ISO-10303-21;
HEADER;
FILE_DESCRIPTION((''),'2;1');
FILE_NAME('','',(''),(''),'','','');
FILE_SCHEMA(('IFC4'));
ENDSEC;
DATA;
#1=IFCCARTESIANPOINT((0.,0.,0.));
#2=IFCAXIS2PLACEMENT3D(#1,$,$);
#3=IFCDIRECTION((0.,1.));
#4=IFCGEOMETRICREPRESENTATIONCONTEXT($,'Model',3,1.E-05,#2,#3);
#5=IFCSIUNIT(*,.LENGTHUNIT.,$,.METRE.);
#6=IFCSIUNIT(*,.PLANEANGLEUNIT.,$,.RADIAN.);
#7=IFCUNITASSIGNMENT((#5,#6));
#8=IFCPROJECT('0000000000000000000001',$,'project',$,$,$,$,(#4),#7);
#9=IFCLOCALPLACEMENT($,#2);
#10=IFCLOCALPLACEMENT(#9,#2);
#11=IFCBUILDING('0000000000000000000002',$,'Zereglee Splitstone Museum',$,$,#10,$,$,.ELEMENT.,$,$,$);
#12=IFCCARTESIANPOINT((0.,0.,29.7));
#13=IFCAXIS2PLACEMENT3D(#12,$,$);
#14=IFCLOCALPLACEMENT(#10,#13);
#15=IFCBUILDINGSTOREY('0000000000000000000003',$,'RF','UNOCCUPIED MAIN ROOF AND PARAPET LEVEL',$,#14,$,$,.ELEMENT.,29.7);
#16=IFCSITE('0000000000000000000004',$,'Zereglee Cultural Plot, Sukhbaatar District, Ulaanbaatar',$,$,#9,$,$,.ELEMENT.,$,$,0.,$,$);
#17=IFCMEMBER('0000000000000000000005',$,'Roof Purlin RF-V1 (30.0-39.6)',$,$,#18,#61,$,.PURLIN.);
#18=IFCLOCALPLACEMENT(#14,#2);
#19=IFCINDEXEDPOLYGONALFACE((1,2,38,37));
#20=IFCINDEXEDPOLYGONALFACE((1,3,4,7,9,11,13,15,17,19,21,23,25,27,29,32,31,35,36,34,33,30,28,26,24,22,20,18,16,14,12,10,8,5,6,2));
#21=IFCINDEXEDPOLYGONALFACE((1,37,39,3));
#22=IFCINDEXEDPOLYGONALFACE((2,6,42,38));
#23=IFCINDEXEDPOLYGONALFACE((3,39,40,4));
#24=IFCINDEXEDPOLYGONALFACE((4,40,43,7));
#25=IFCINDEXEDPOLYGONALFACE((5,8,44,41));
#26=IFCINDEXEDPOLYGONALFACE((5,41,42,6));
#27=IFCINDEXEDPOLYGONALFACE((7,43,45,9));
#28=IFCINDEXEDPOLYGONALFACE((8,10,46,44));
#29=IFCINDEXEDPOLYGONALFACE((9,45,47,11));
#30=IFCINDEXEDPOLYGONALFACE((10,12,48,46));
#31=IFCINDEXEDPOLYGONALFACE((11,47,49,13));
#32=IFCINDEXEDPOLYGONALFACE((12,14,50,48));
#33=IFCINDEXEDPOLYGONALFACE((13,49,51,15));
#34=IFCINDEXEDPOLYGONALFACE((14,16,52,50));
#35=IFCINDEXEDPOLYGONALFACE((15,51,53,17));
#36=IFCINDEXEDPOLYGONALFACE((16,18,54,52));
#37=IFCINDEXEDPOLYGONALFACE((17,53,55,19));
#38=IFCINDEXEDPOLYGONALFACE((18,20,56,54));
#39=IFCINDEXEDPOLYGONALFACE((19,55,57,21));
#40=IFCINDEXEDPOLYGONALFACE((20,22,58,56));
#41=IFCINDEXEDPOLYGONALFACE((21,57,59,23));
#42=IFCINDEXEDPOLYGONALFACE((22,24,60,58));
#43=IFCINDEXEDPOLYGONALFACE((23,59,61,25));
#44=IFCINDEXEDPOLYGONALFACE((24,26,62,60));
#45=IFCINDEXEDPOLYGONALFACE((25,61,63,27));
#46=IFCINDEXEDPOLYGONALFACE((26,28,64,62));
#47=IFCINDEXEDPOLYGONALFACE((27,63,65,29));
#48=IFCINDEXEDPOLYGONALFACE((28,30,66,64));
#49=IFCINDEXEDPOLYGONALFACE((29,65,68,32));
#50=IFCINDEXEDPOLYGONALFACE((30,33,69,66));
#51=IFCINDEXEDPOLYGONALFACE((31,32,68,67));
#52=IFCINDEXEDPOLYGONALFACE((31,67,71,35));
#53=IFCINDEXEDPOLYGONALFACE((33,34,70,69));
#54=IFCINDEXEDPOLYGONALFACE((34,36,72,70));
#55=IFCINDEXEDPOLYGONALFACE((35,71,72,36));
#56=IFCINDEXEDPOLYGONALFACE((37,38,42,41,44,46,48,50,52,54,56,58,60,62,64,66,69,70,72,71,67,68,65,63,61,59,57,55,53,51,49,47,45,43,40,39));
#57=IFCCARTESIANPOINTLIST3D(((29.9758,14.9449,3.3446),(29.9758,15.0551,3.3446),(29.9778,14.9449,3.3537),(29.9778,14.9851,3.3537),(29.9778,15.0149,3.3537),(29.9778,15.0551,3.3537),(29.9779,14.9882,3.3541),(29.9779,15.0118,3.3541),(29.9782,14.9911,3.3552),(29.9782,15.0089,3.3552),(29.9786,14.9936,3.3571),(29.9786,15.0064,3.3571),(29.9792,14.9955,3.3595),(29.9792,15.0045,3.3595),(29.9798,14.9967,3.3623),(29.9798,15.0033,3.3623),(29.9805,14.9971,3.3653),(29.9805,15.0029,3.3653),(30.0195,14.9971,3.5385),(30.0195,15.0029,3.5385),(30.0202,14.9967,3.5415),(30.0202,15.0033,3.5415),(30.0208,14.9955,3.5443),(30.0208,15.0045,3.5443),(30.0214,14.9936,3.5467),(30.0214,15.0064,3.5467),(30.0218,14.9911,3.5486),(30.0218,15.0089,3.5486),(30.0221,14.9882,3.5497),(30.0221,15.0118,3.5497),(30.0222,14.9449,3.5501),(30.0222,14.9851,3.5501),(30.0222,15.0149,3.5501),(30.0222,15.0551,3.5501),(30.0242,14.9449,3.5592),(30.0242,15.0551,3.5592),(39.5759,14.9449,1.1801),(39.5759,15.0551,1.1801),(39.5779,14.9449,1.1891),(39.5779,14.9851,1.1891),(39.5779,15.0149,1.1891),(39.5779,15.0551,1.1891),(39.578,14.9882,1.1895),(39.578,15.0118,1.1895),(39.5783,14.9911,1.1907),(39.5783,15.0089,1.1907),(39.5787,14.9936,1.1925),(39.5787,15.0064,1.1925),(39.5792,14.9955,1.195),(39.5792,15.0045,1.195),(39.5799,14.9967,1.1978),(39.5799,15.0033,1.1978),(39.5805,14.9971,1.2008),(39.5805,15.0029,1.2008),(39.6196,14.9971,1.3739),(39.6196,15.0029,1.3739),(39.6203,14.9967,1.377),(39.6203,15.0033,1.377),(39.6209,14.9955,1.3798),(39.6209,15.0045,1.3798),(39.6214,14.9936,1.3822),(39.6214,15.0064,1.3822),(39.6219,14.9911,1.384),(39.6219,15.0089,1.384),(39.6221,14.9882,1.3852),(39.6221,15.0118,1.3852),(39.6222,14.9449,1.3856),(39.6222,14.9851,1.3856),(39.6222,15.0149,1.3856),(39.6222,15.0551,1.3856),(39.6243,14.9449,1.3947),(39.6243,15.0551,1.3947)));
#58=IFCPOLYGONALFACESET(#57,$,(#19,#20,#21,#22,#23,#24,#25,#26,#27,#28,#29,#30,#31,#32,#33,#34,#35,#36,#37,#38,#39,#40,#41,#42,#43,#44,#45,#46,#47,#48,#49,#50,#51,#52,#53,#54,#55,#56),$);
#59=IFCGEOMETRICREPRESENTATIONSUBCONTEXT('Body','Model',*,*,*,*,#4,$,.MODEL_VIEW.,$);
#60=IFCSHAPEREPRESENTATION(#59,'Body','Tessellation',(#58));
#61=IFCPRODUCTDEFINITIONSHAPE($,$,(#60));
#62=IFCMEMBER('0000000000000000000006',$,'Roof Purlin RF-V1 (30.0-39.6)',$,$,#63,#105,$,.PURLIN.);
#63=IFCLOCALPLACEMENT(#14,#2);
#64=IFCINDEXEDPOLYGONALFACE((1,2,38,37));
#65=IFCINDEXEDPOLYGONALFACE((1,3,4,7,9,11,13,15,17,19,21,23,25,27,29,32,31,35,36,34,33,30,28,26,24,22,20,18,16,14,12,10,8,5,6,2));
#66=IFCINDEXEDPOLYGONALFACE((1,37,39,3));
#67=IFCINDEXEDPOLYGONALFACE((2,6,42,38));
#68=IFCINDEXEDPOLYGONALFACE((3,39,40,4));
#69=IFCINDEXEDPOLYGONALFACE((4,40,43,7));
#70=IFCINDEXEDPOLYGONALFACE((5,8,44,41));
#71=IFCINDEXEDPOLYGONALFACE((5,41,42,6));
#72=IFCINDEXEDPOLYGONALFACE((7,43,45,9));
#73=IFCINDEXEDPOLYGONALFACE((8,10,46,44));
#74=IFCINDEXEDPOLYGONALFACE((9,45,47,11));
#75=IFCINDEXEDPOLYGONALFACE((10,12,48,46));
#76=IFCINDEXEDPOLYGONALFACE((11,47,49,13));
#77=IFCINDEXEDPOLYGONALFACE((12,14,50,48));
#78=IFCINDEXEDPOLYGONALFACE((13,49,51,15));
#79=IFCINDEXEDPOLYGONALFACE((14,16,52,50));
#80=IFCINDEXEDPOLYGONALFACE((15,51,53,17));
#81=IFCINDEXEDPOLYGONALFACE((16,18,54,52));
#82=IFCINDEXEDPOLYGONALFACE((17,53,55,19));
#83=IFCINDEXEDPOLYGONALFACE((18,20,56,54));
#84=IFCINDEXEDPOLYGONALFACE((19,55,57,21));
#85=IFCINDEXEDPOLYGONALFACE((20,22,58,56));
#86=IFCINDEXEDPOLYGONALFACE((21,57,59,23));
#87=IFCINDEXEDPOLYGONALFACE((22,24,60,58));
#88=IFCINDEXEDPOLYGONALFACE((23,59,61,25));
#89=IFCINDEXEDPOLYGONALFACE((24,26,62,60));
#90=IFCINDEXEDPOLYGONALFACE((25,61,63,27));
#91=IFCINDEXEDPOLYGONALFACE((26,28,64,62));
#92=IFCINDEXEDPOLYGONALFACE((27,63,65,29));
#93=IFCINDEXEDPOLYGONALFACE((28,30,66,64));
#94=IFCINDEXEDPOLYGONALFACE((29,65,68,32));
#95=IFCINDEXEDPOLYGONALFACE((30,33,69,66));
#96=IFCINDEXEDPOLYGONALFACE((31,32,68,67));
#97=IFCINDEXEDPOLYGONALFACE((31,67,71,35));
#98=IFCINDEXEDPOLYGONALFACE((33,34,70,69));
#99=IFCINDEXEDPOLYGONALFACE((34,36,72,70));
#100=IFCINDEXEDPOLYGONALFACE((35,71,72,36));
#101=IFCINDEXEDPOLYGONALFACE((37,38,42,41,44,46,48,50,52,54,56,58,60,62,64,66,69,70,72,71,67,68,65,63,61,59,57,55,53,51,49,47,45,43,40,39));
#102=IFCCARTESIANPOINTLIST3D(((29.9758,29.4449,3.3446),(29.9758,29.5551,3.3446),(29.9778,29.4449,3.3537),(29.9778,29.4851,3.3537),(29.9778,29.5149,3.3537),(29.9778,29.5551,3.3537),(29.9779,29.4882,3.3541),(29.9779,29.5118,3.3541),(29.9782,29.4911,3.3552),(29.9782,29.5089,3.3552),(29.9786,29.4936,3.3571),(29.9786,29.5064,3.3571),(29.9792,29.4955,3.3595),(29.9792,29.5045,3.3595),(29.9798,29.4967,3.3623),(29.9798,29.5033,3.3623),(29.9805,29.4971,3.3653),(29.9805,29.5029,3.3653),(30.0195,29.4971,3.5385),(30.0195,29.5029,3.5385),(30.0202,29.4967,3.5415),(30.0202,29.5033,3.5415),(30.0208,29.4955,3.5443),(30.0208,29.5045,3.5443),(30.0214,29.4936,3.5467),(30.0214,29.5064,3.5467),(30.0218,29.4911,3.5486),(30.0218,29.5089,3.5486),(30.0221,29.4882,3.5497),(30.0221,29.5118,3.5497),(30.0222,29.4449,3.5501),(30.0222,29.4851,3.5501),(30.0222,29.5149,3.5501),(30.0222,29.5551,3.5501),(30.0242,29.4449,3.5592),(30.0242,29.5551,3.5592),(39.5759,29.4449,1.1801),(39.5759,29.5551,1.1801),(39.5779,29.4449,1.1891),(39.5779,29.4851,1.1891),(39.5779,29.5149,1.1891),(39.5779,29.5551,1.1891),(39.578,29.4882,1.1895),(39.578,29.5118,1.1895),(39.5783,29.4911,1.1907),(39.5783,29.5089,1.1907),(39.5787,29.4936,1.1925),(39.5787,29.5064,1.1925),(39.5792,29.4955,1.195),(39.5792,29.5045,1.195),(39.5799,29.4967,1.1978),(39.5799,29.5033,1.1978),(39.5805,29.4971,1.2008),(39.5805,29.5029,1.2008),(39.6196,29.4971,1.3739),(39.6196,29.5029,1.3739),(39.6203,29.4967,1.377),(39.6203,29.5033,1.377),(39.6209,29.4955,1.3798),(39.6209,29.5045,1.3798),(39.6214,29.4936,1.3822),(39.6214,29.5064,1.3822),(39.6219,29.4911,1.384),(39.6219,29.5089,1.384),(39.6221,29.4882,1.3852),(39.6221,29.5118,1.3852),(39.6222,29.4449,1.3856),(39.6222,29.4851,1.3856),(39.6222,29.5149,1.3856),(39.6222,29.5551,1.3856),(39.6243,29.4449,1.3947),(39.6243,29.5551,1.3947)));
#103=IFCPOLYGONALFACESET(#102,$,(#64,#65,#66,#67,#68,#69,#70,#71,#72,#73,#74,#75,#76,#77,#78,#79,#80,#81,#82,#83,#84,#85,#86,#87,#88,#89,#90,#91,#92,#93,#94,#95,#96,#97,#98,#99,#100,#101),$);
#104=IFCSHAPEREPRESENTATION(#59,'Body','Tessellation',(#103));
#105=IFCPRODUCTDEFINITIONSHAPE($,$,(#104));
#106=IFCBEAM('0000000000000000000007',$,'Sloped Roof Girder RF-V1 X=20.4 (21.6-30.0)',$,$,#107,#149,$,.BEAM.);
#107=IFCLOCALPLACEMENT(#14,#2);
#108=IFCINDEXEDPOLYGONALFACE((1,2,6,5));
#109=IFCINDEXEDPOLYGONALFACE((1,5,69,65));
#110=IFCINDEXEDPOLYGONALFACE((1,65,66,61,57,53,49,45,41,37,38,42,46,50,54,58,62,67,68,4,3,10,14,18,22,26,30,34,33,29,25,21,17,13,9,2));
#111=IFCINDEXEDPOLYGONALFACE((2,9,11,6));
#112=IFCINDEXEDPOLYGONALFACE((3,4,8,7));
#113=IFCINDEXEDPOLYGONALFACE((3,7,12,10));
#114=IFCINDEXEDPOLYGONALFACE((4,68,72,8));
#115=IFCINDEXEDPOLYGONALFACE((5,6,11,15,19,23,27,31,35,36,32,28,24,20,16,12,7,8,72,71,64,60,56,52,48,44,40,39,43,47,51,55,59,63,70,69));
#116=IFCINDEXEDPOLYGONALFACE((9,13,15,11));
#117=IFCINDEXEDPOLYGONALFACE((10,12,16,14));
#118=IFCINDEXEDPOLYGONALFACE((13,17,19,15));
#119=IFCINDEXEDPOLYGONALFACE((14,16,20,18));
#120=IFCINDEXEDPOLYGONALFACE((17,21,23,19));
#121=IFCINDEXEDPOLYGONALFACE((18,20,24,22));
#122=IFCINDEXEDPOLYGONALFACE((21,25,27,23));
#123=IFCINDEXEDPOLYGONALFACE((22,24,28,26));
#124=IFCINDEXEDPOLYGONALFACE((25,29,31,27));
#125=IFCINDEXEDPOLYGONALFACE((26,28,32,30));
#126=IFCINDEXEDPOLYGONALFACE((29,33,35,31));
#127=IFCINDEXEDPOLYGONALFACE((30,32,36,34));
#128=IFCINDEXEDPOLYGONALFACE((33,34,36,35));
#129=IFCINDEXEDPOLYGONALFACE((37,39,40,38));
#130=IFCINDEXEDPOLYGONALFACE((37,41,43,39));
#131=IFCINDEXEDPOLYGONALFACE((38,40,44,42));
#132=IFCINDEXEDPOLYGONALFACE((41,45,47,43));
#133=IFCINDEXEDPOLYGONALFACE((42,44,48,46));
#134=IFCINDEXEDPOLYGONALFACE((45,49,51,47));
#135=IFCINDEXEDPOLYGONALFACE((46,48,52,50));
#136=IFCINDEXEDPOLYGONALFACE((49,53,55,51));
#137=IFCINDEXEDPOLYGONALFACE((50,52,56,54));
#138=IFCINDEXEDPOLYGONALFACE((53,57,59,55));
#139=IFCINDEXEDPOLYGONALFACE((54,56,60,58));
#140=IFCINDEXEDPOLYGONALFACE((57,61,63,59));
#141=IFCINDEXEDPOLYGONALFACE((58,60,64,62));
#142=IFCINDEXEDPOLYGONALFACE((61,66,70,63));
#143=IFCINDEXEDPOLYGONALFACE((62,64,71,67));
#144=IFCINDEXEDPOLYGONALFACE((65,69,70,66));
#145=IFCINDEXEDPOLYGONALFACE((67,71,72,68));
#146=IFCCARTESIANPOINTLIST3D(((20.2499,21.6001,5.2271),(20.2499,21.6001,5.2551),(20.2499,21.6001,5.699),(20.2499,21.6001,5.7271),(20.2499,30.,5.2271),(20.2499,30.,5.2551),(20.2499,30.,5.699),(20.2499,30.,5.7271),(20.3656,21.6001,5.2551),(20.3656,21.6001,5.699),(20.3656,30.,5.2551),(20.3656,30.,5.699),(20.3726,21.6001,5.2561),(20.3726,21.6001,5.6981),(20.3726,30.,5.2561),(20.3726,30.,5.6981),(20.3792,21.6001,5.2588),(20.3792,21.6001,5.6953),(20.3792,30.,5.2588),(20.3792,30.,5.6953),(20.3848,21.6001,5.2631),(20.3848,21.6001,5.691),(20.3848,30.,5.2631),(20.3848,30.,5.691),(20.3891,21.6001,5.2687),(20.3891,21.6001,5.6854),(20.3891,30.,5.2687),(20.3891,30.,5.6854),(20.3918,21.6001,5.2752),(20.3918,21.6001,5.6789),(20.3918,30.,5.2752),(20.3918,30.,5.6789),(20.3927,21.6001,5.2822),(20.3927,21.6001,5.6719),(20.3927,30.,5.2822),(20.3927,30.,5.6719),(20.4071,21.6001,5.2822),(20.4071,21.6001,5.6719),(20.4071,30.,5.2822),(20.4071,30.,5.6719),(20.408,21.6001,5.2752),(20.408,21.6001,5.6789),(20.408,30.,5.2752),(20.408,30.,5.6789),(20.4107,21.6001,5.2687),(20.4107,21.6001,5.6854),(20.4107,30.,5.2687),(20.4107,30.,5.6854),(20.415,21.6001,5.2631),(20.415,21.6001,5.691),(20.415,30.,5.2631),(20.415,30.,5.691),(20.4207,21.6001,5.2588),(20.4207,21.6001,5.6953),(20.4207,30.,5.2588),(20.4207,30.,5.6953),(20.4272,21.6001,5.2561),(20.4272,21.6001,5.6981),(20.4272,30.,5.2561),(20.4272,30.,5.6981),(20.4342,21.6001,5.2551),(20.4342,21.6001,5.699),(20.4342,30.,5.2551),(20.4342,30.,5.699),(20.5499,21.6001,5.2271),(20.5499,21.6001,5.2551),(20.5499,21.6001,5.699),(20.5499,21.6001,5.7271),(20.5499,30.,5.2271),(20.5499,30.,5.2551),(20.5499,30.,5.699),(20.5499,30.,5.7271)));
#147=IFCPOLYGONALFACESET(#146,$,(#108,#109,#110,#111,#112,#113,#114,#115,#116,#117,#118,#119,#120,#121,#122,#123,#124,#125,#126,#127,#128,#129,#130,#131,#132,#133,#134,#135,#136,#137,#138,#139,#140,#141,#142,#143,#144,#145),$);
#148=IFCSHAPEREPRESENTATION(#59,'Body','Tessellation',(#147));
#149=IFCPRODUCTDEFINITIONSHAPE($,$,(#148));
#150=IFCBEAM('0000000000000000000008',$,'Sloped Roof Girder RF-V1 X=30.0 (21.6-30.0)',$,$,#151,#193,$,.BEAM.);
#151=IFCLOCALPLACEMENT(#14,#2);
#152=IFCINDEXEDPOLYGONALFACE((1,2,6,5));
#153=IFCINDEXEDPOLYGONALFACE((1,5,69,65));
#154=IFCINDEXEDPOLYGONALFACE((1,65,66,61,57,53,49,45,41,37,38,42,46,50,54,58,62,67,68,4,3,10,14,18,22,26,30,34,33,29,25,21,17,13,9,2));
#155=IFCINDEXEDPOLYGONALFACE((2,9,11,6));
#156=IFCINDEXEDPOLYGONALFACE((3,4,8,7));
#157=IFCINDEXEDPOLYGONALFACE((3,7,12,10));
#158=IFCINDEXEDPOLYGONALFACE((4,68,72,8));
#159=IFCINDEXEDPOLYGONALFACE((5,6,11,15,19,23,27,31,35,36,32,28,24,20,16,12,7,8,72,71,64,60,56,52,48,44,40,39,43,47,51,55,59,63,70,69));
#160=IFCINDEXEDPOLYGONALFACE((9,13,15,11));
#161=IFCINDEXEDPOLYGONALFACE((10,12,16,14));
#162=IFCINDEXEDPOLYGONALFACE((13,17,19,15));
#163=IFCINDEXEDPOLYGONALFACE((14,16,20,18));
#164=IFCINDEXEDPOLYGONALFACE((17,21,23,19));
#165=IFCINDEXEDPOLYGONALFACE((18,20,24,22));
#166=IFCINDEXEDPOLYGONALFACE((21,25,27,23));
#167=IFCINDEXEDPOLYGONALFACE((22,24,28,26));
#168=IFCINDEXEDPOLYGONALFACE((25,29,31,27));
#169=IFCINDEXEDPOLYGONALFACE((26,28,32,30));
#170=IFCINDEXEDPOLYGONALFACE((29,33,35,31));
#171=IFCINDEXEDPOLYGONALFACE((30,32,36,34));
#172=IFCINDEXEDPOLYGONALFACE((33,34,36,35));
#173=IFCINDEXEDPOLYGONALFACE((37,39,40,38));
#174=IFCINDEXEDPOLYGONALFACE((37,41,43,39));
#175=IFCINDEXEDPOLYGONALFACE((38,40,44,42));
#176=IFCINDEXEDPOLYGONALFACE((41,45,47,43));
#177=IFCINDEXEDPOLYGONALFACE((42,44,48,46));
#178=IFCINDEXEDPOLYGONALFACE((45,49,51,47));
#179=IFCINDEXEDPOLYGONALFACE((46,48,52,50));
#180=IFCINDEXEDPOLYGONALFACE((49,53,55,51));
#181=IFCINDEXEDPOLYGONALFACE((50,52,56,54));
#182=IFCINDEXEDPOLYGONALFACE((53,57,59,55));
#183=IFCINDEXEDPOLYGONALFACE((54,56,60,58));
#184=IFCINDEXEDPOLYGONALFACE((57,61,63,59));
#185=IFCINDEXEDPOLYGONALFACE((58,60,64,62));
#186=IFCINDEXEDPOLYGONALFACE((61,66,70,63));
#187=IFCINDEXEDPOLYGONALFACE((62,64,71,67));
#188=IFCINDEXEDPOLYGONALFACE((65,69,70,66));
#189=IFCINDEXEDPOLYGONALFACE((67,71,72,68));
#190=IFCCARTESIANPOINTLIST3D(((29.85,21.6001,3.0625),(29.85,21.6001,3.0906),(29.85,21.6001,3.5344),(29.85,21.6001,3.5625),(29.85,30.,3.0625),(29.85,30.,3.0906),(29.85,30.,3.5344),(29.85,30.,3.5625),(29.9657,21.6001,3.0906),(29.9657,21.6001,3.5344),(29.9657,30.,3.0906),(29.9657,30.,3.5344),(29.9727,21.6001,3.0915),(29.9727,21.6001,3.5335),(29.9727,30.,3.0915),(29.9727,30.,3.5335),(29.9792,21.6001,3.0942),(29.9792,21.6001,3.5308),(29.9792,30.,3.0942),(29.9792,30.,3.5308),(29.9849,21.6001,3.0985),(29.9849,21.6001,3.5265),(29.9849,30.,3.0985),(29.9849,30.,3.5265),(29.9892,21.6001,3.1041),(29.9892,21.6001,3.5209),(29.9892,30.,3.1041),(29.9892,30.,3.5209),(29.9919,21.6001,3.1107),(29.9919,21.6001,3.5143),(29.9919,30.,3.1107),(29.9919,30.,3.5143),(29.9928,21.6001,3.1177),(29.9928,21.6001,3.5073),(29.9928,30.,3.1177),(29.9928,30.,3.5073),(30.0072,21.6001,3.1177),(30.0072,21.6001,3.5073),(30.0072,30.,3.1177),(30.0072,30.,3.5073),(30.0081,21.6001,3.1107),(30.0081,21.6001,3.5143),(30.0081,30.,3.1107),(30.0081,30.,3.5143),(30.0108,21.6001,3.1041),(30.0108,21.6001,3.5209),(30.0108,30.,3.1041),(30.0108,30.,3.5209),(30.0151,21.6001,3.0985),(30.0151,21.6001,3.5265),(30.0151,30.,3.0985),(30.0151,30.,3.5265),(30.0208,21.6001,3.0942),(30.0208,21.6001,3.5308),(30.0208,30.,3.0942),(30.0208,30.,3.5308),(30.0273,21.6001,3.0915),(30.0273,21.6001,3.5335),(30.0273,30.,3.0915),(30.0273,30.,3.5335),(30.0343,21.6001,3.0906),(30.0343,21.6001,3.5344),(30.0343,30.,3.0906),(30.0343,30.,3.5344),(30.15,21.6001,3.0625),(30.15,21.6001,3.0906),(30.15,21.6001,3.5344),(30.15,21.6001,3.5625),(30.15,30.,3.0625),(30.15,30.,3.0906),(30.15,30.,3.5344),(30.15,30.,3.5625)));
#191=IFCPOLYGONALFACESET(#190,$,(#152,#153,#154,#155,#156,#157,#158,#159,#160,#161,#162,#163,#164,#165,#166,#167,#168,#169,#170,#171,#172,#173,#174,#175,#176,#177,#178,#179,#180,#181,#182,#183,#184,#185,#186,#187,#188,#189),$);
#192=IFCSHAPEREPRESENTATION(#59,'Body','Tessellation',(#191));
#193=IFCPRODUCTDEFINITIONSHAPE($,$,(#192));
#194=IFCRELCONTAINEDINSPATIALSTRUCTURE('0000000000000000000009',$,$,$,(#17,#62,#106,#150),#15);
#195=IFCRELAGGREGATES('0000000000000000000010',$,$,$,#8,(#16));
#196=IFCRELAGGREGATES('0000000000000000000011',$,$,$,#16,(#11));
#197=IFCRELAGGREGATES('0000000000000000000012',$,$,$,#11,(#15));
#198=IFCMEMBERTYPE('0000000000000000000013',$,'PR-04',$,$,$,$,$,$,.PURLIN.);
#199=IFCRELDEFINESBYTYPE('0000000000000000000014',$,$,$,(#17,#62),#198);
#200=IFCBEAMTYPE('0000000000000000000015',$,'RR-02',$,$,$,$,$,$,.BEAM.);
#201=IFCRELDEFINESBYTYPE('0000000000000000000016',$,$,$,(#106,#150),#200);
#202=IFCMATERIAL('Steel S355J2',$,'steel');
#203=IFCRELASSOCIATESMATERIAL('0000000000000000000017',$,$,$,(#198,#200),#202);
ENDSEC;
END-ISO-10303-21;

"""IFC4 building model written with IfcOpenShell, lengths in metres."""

from ifc_helpers import new_model, si_unit, direction, frame, origin, origin_2d, place, context, subcontext, project, spatial, i_section, extrude, material, material_profile, profile_set, type_object, element, save


model = new_model("IFC4")

# Units and contexts
model_context = context("Model", 3, precision=1e-05, world=origin(), true_north=direction((0.0, 1.0)))
body_context = subcontext(model_context, "Body", "Model", "MODEL_VIEW")
ifc_project = project(units=[si_unit("LENGTHUNIT", "METRE"), si_unit("PLANEANGLEUNIT", "RADIAN")], contexts=[model_context])

# Site, building, storey
site_placement = place(None, origin())
site = spatial("IfcSite", under=ifc_project, at=site_placement, Name="Zereglee Cultural Plot, Sukhbaatar District, Ulaanbaatar", CompositionType="ELEMENT", RefElevation=0.0)
building_placement = place(site_placement, origin())
building = spatial("IfcBuilding", under=site, at=building_placement, Name="Zereglee Splitstone Museum", CompositionType="ELEMENT")
storey_placement = place(building_placement, frame((0.0, 0.0, 29.7)))
storey = spatial("IfcBuildingStorey", under=building, at=storey_placement, Name="RF", Description="UNOCCUPIED MAIN ROOF AND PARAPET LEVEL", CompositionType="ELEMENT", Elevation=29.7)

# Shared definitions
ifc_material_1 = material(Name="Steel S355J2", Category="steel")

# Members
ifc_material_profile_1 = material_profile(ifc_material_1, i_section(OverallWidth=0.1101, OverallDepth=0.22, WebThickness=0.0059, FlangeThickness=0.0093, FilletRadius=0.012, at=origin_2d()), Name="IPE 220")
ifc_profile_set_1 = profile_set([ifc_material_profile_1], Name="Steel S355J2")
member_type_1 = type_object("IfcMemberType", Name="PR-04", PredefinedType="PURLIN", material=ifc_profile_set_1)
for number, where, z_axis, x_axis, name in (
    (1, (30.0, 15.0, 3.4519), (0.975511, 0.0, -0.21995), (0.0, 1.0, 0.0), "Roof Purlin RF-V1 (30.0-39.6)"),
    (2, (30.0, 29.5, 3.4519), (0.975511, 0.0, -0.21995), (0.0, 1.0, 0.0), "Roof Purlin RF-V1 (30.0-39.6)"),
):
    element("IfcMember", number, at=place(storey_placement, frame(where, z_axis=z_axis, x_axis=x_axis)), inside=storey, type_object=member_type_1, Name=name, PredefinedType="PURLIN", context=body_context, shape_type="SweptSolid", body=[
        extrude(i_section(OverallWidth=0.1101, OverallDepth=0.22, WebThickness=0.0059, FlangeThickness=0.0093, FilletRadius=0.012, at=origin_2d()), origin(), (0.0, 0.0, 1.0), 9.8411),
    ])

# Beams
ifc_material_profile_2 = material_profile(ifc_material_1, i_section(OverallWidth=0.3, OverallDepth=0.5, WebThickness=0.0144, FlangeThickness=0.0281, FilletRadius=0.0271, at=origin_2d()), Name="HE 500 B")
ifc_profile_set_2 = profile_set([ifc_material_profile_2], Name="Steel S355J2")
beam_type = type_object("IfcBeamType", Name="RR-02", PredefinedType="BEAM", material=ifc_profile_set_2)
for number, where, z_axis, x_axis, name in (
    (3, (20.3999, 21.6001, 5.4771), (0.0, 1.0, 0.0), (-1.0, 0.0, 0.0), "Sloped Roof Girder RF-V1 X=20.4 (21.6-30.0)"),
    (4, (30.0, 21.6001, 3.3125), (0.0, 1.0, 0.0), (-1.0, 0.0, 0.0), "Sloped Roof Girder RF-V1 X=30.0 (21.6-30.0)"),
):
    element("IfcBeam", number, at=place(storey_placement, frame(where, z_axis=z_axis, x_axis=x_axis)), inside=storey, type_object=beam_type, Name=name, PredefinedType="BEAM", context=body_context, shape_type="SweptSolid", body=[
        extrude(i_section(OverallWidth=0.3, OverallDepth=0.5, WebThickness=0.0144, FlangeThickness=0.0281, FilletRadius=0.0271, at=origin_2d()), origin(), (0.0, 0.0, 1.0), 8.3999),
    ])

save(model, "model.ifc")
